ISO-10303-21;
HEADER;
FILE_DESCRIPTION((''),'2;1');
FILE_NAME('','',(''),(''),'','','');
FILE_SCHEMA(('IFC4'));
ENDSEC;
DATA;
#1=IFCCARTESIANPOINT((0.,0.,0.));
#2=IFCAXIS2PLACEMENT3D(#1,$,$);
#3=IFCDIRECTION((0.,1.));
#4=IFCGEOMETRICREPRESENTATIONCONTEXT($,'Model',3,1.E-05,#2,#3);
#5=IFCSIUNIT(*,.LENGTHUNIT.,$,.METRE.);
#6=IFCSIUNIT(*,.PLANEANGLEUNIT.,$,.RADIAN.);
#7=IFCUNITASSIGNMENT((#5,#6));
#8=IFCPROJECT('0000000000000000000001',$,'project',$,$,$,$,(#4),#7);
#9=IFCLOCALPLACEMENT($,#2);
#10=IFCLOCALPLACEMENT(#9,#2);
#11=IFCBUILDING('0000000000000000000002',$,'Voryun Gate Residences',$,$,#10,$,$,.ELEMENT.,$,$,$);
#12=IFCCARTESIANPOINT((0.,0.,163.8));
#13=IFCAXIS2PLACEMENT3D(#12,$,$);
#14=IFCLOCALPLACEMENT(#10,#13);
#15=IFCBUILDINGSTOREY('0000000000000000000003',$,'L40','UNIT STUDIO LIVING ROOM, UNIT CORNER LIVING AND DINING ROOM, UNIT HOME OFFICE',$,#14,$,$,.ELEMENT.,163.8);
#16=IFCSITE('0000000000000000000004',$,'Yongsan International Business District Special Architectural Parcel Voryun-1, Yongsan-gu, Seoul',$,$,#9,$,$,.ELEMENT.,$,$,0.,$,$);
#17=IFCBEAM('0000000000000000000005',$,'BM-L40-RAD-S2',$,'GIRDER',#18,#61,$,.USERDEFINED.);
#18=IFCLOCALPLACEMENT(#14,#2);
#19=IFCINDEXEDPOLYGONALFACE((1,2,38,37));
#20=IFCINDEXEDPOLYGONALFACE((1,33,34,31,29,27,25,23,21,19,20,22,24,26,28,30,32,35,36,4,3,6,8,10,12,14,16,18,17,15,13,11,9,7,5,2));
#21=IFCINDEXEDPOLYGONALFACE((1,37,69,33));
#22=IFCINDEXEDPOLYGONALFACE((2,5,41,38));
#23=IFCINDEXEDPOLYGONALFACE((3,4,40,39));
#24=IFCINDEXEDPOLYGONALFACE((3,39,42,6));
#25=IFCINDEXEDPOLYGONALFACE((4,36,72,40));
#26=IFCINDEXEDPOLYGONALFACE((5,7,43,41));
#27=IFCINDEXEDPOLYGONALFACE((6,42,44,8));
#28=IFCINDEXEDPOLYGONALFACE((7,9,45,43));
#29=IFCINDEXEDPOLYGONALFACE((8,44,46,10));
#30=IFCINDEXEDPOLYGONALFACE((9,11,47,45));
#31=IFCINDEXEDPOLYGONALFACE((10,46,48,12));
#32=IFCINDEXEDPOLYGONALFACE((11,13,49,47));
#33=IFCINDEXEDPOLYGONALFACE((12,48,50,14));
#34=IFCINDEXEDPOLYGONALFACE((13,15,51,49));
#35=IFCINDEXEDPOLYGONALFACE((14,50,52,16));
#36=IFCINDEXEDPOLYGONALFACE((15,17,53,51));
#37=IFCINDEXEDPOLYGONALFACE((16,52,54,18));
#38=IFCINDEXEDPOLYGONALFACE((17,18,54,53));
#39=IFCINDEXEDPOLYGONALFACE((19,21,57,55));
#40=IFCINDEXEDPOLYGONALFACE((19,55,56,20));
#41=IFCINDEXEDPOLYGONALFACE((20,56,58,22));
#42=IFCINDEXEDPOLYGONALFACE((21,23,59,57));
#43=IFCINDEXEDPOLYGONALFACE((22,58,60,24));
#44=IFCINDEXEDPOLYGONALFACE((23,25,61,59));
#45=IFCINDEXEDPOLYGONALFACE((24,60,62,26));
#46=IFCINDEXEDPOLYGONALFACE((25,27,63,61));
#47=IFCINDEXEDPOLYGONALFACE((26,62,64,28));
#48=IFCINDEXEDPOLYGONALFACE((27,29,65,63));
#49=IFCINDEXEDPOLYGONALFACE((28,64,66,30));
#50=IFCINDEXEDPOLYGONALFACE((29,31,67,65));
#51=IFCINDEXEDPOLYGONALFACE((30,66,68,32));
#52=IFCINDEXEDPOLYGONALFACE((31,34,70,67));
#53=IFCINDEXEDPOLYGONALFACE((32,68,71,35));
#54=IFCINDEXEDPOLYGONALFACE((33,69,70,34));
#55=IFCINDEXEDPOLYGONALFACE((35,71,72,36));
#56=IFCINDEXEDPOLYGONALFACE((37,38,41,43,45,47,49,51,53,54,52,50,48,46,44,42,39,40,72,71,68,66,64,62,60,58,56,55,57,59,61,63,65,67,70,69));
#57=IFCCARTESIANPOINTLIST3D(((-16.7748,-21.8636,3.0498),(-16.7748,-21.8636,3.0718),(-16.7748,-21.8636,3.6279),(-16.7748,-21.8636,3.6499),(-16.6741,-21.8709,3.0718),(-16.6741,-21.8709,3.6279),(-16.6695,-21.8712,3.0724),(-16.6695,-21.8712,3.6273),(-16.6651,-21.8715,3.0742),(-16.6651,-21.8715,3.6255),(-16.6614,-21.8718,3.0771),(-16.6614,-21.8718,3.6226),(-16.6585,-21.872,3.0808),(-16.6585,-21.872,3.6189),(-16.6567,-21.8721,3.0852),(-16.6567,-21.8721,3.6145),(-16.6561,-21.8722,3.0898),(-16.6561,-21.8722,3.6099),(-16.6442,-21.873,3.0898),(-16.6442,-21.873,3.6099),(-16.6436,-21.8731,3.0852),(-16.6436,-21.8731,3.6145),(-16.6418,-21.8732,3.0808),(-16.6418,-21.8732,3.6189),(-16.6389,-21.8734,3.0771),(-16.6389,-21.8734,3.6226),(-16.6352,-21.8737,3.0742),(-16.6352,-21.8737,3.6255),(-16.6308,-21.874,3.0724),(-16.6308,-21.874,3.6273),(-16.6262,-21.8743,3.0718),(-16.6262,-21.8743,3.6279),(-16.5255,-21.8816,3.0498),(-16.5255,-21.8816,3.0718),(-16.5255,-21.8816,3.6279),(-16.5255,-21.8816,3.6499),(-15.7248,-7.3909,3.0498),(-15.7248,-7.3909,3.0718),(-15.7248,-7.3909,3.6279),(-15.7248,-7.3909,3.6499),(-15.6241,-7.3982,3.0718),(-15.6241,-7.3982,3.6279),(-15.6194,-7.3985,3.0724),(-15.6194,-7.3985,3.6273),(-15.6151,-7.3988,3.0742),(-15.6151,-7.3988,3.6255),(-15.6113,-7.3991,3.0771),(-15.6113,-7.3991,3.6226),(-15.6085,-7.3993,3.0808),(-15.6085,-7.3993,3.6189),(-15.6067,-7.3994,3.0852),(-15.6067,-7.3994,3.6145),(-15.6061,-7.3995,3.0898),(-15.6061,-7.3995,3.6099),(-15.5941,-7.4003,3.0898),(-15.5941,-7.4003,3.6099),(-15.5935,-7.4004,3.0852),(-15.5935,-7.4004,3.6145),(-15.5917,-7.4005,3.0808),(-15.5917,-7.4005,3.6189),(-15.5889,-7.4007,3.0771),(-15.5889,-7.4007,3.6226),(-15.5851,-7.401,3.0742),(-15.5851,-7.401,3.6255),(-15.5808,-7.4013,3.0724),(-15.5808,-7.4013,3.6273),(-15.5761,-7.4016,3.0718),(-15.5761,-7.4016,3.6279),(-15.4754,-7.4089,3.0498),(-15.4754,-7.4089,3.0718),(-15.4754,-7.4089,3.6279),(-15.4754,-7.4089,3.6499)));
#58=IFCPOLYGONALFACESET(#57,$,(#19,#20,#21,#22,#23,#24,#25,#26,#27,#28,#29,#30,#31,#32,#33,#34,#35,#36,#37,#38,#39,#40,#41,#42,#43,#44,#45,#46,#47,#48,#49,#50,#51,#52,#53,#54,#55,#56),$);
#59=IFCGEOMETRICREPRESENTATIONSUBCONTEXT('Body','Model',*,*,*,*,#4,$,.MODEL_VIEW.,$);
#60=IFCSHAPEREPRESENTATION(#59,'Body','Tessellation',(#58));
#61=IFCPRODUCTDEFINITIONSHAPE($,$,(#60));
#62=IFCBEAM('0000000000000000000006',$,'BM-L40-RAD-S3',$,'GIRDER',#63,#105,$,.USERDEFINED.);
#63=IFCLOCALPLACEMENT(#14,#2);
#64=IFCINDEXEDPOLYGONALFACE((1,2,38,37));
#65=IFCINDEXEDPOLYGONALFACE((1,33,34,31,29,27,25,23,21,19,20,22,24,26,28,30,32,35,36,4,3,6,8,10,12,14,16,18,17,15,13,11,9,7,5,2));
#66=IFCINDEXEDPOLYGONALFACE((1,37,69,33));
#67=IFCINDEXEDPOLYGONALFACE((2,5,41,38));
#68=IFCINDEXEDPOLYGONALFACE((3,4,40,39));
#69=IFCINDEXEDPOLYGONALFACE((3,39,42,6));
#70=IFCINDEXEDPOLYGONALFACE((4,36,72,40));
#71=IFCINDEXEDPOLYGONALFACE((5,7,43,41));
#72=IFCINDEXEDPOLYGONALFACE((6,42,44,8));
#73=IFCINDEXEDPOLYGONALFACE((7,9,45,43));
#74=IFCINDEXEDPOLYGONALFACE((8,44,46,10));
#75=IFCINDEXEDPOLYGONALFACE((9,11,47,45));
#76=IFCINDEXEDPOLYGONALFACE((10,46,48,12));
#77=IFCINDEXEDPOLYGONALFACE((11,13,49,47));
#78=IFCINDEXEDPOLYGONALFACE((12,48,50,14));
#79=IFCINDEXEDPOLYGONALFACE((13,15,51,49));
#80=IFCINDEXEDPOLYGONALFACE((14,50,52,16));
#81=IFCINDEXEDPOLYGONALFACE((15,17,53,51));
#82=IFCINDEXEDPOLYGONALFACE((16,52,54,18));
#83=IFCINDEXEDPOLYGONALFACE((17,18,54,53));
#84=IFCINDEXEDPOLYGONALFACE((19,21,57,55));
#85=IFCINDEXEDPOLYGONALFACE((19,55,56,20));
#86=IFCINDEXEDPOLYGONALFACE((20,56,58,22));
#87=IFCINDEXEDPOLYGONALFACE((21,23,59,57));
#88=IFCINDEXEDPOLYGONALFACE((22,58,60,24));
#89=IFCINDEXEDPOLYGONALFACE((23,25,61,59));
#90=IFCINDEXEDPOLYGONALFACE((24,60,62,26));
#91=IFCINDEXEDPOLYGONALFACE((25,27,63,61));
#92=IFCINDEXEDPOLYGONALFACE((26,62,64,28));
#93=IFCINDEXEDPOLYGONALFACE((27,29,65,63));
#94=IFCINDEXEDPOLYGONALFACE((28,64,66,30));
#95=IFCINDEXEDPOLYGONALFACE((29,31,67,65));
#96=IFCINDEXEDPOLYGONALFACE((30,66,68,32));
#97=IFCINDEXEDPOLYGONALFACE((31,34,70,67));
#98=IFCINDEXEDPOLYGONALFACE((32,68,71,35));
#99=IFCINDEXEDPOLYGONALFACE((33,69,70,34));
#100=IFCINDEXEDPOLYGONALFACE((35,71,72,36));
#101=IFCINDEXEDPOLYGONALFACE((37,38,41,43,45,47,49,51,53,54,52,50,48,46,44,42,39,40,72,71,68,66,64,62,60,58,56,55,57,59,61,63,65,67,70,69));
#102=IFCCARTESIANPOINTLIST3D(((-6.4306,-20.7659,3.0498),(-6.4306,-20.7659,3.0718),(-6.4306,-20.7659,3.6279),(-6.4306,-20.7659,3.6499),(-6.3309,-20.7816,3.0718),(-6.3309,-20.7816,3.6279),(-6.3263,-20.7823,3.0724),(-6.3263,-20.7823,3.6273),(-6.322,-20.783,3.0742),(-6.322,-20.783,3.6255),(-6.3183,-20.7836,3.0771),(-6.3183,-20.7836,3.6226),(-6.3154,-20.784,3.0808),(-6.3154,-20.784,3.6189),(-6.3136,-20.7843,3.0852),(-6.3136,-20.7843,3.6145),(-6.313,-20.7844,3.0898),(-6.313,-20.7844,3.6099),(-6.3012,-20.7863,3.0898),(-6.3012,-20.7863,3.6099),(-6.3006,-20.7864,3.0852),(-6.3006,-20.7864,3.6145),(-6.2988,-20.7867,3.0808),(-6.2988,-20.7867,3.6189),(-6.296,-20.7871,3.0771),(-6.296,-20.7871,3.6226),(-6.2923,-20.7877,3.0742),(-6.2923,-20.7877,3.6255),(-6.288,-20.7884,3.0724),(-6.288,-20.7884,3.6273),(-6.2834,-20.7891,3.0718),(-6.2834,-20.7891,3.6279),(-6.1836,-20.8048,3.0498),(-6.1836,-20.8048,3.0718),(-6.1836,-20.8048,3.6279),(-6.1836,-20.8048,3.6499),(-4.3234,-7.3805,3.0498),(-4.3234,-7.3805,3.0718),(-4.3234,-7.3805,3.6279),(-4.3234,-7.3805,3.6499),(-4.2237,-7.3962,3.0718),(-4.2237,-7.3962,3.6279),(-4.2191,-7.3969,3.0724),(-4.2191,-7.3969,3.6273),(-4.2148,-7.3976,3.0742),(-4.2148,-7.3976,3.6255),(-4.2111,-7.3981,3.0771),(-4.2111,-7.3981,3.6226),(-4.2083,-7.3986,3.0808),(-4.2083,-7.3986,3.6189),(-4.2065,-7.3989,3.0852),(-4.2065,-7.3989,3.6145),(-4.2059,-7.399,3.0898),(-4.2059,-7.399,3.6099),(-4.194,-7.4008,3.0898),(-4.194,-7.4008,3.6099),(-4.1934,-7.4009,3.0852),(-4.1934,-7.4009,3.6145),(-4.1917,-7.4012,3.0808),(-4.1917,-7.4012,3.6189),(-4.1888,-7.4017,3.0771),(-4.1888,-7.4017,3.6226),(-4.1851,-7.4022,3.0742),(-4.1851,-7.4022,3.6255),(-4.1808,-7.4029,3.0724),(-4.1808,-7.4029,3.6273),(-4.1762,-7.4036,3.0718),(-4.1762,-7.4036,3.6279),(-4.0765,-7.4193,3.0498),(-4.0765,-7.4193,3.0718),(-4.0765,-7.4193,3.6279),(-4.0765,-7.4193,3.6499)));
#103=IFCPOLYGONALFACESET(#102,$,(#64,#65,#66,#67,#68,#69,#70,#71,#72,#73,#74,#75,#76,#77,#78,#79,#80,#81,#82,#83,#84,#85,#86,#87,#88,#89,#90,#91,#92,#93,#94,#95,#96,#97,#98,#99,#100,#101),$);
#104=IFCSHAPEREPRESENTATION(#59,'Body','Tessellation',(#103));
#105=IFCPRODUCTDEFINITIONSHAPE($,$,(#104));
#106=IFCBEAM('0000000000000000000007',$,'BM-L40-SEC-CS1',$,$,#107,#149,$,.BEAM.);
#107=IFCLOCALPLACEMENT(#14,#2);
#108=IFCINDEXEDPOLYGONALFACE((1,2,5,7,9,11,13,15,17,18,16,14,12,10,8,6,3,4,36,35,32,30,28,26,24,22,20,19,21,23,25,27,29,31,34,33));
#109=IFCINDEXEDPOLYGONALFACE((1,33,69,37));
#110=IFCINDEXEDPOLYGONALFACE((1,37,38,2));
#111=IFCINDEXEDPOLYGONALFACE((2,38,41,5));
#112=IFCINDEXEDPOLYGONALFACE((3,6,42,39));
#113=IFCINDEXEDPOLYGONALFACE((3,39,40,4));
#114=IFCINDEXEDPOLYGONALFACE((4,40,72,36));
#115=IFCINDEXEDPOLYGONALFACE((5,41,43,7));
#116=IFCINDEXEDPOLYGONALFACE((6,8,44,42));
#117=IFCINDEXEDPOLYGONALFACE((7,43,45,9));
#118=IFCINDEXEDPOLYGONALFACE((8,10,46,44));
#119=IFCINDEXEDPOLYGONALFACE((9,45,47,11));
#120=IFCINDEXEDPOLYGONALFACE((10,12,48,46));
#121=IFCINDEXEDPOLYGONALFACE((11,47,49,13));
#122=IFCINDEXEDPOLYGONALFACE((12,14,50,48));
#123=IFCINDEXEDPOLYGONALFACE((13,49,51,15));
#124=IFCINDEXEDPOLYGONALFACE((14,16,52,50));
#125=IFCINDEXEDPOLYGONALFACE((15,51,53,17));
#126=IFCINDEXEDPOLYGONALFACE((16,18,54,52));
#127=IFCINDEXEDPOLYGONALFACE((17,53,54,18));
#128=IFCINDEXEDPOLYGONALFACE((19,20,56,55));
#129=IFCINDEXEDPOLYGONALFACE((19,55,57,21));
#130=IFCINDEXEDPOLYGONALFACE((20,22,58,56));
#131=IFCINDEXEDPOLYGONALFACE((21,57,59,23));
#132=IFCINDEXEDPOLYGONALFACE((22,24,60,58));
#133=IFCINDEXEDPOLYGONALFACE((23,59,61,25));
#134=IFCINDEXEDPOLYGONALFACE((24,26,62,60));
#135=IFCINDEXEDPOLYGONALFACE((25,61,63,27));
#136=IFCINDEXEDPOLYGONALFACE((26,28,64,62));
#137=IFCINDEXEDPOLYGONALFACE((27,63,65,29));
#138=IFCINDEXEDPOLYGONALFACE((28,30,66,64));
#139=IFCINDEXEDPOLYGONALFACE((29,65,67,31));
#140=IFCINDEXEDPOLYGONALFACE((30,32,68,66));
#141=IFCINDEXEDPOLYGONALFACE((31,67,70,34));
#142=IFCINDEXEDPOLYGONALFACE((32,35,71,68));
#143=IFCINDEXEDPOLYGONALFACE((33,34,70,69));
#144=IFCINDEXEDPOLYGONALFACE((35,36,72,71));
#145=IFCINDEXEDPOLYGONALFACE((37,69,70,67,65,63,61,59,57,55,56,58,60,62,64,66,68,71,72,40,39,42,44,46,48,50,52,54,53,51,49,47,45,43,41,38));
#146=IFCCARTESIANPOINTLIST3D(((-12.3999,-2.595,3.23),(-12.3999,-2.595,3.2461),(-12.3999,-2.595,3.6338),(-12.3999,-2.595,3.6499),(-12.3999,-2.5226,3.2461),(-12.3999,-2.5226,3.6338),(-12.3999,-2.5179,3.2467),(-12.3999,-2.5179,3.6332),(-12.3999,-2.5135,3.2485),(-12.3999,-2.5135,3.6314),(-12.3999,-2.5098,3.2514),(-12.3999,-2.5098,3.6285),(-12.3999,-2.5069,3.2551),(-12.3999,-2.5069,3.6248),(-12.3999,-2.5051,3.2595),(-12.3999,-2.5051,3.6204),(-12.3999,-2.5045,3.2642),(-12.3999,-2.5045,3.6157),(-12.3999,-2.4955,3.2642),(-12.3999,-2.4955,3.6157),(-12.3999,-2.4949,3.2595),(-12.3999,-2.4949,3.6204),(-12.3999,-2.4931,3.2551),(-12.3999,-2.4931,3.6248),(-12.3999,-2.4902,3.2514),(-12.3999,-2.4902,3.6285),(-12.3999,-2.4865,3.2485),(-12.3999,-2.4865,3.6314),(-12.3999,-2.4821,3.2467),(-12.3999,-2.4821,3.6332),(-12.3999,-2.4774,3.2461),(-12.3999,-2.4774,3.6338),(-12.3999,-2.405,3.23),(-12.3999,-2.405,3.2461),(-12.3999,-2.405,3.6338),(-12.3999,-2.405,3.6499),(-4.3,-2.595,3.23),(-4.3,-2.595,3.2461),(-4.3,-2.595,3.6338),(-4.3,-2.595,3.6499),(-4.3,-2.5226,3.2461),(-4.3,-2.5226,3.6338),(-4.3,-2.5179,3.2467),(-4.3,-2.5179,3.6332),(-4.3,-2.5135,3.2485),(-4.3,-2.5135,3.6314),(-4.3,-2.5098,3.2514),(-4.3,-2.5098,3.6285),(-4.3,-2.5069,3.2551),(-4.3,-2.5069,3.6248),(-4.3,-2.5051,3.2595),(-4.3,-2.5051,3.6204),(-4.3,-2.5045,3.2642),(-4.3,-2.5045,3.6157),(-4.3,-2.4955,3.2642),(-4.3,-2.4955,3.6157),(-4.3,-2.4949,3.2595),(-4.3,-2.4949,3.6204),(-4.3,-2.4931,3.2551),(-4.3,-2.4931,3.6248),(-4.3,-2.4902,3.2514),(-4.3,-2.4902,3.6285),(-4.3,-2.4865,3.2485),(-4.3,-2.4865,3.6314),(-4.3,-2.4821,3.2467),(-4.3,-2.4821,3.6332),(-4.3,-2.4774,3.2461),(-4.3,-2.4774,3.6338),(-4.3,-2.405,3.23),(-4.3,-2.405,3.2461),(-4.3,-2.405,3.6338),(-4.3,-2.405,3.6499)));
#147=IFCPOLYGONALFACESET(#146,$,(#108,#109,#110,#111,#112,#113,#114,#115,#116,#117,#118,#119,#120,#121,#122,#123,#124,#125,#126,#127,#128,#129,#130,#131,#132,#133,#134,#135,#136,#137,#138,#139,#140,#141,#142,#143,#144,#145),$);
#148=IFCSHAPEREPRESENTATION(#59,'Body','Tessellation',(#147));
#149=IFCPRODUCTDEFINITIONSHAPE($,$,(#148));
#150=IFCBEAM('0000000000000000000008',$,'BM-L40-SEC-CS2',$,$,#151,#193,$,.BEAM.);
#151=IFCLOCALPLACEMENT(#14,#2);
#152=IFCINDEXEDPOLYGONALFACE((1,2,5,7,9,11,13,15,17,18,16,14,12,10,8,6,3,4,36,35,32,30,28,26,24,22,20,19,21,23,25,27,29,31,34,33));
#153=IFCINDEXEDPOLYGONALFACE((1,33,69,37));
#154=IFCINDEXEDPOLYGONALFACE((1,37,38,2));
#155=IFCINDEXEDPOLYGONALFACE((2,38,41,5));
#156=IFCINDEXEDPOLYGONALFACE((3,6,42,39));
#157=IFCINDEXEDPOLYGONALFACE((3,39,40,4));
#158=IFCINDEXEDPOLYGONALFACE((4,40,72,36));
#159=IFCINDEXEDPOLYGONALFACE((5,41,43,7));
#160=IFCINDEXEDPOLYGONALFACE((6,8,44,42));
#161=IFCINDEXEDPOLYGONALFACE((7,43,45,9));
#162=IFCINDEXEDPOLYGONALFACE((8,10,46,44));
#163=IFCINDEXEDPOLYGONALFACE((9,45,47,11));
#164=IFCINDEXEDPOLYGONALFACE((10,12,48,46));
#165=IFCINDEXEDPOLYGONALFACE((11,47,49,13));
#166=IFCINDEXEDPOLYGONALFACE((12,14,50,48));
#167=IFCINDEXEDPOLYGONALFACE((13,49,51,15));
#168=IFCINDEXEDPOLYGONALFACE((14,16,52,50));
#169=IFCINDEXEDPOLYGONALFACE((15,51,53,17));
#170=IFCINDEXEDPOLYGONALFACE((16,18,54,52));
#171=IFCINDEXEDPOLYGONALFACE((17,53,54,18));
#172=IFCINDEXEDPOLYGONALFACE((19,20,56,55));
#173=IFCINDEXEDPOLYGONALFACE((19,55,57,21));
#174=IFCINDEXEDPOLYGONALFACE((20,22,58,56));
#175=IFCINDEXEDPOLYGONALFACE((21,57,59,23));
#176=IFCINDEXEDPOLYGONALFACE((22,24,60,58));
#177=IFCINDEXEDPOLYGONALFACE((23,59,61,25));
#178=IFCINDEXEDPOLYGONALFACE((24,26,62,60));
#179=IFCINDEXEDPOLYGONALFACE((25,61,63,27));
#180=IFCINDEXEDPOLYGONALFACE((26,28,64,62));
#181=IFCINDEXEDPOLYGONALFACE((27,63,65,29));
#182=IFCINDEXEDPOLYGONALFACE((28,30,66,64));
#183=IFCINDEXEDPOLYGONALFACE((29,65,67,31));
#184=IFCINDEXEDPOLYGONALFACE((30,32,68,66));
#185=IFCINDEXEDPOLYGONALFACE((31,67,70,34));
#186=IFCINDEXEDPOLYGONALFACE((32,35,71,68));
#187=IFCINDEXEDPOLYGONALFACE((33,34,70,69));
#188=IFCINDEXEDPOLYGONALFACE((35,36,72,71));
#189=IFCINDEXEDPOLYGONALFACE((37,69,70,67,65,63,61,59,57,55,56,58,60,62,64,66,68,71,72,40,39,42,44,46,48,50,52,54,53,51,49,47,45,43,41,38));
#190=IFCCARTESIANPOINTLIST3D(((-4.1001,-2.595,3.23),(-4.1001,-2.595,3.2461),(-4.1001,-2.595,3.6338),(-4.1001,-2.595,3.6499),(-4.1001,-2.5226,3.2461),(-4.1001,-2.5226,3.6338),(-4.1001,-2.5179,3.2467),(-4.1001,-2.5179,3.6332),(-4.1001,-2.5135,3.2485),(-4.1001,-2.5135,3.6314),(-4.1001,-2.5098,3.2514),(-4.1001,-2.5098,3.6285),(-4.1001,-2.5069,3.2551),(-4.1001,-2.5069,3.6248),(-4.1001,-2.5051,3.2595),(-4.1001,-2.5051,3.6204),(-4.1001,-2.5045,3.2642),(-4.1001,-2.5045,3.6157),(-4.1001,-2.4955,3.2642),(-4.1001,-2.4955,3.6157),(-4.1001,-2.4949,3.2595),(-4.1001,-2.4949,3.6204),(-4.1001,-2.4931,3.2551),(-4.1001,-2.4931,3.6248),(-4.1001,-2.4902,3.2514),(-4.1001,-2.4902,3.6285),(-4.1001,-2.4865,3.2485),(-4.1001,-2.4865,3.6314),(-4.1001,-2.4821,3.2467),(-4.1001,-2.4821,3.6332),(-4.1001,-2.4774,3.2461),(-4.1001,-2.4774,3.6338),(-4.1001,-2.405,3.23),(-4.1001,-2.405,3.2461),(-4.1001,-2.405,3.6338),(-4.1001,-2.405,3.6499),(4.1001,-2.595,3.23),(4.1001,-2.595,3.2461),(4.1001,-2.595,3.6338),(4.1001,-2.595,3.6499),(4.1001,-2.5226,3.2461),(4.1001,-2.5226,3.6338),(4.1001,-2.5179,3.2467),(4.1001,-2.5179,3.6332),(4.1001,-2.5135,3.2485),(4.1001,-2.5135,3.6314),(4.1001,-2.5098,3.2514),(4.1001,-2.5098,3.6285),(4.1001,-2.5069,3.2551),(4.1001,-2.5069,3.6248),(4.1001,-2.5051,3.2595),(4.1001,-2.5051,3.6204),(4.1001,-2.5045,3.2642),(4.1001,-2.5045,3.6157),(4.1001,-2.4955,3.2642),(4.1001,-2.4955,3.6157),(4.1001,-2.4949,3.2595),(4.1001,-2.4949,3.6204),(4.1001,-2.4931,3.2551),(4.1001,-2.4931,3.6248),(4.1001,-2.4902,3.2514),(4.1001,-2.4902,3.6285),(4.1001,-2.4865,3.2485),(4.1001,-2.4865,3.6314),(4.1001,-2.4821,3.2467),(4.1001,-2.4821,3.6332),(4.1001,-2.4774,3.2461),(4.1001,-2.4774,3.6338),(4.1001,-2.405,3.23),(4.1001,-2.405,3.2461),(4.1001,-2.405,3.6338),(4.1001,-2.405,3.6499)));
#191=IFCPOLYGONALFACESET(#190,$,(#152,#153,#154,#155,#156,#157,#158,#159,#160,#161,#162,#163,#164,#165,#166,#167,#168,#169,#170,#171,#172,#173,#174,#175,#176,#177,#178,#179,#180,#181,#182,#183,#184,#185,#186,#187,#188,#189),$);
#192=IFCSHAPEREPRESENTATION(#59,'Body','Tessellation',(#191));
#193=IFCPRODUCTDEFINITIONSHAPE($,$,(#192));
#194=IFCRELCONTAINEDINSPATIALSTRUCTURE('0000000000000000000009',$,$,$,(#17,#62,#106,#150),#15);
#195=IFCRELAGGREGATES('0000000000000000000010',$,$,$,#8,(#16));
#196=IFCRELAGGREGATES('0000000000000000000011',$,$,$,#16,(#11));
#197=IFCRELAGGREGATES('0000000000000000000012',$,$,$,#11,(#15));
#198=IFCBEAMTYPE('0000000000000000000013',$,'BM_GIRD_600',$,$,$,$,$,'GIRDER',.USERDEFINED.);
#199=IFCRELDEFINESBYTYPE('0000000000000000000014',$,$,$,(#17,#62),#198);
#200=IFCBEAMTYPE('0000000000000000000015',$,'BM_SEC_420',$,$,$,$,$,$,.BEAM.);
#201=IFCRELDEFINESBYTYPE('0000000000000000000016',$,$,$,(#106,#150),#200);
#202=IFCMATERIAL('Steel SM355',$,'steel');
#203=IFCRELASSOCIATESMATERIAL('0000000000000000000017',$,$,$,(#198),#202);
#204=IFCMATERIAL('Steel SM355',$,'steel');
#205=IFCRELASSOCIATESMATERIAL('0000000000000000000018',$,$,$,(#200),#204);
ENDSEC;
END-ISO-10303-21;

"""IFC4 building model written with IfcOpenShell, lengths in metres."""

from ifc_helpers import new_model, si_unit, direction, frame, origin, origin_2d, place, context, subcontext, project, spatial, i_section, extrude, material, material_profile, profile_set, type_object, element, save


model = new_model("IFC4")

# Units and contexts
model_context = context("Model", 3, precision=1e-05, world=origin(), true_north=direction((0.0, 1.0)))
body_context = subcontext(model_context, "Body", "Model", "MODEL_VIEW")
ifc_project = project(units=[si_unit("LENGTHUNIT", "METRE"), si_unit("PLANEANGLEUNIT", "RADIAN")], contexts=[model_context])

# Site, building, storey
site_placement = place(None, origin())
site = spatial("IfcSite", under=ifc_project, at=site_placement, Name="Yongsan International Business District Special Architectural Parcel Voryun-1, Yongsan-gu, Seoul", CompositionType="ELEMENT", RefElevation=0.0)
building_placement = place(site_placement, origin())
building = spatial("IfcBuilding", under=site, at=building_placement, Name="Voryun Gate Residences", CompositionType="ELEMENT")
storey_placement = place(building_placement, frame((0.0, 0.0, 163.8)))
storey = spatial("IfcBuildingStorey", under=building, at=storey_placement, Name="L40", Description="UNIT STUDIO LIVING ROOM, UNIT CORNER LIVING AND DINING ROOM, UNIT HOME OFFICE", CompositionType="ELEMENT", Elevation=163.8)

# Beams
ifc_material_1 = material(Name="Steel SM355", Category="steel")
ifc_material_profile_1 = material_profile(ifc_material_1, i_section(OverallWidth=0.25, OverallDepth=0.6001, WebThickness=0.012, FlangeThickness=0.022, FilletRadius=0.0181, at=origin_2d()), Name="H-600x250x12x22")
ifc_profile_set_1 = profile_set([ifc_material_profile_1], Name="Steel SM355")
beam_type_1 = type_object("IfcBeamType", Name="BM_GIRD_600", ElementType="GIRDER", PredefinedType="USERDEFINED", material=ifc_profile_set_1)
beam_1_placement = place(storey_placement, frame((-15.6001, -7.3999, 3.3499), z_axis=(-0.072364, -0.997378, 0.0), x_axis=(0.997378, -0.072364, 0.0)))
element("IfcBeam", 1, at=beam_1_placement, inside=storey, type_object=beam_type_1, Name="BM-L40-RAD-S2", ObjectType="GIRDER", PredefinedType="USERDEFINED", context=body_context, shape_type="SweptSolid", body=[
    extrude(i_section(OverallWidth=0.25, OverallDepth=0.6001, WebThickness=0.012, FlangeThickness=0.022, FilletRadius=0.0181, at=origin_2d()), origin(), (0.0, 0.0, 1.0), 14.5107),
])
beam_2_placement = place(storey_placement, frame((-4.2, -7.3999, 3.3499), z_axis=(-0.155507, -0.987835, 0.0), x_axis=(0.987835, -0.155507, 0.0)))
element("IfcBeam", 2, at=beam_2_placement, inside=storey, type_object=beam_type_1, Name="BM-L40-RAD-S3", ObjectType="GIRDER", PredefinedType="USERDEFINED", context=body_context, shape_type="SweptSolid", body=[
    extrude(i_section(OverallWidth=0.25, OverallDepth=0.6001, WebThickness=0.012, FlangeThickness=0.022, FilletRadius=0.0181, at=origin_2d()), origin(), (0.0, 0.0, 1.0), 13.5503),
])
ifc_material_2 = material(Name="Steel SM355", Category="steel")
ifc_material_profile_2 = material_profile(ifc_material_2, i_section(OverallWidth=0.1899, OverallDepth=0.4199, WebThickness=0.009, FlangeThickness=0.0161, FilletRadius=0.0181, at=origin_2d()), Name="H-420x190x9x16")
ifc_profile_set_2 = profile_set([ifc_material_profile_2], Name="Steel SM355")
beam_type_2 = type_object("IfcBeamType", Name="BM_SEC_420", PredefinedType="BEAM", material=ifc_profile_set_2)
beam_3_placement = place(storey_placement, frame((-12.3999, -2.5, 3.4399), z_axis=(1.0, 0.0, 0.0), x_axis=(0.0, 1.0, 0.0)))
element("IfcBeam", 3, at=beam_3_placement, inside=storey, type_object=beam_type_2, Name="BM-L40-SEC-CS1", PredefinedType="BEAM", context=body_context, shape_type="SweptSolid", body=[
    extrude(i_section(OverallWidth=0.1899, OverallDepth=0.4199, WebThickness=0.009, FlangeThickness=0.0161, FilletRadius=0.0181, at=origin_2d()), origin(), (0.0, 0.0, 1.0), 8.0999),
])
beam_4_placement = place(storey_placement, frame((-4.1001, -2.5, 3.4399), z_axis=(1.0, 0.0, 0.0), x_axis=(0.0, 1.0, 0.0)))
element("IfcBeam", 4, at=beam_4_placement, inside=storey, type_object=beam_type_2, Name="BM-L40-SEC-CS2", PredefinedType="BEAM", context=body_context, shape_type="SweptSolid", body=[
    extrude(i_section(OverallWidth=0.1899, OverallDepth=0.4199, WebThickness=0.009, FlangeThickness=0.0161, FilletRadius=0.0181, at=origin_2d()), origin(), (0.0, 0.0, 1.0), 8.2002),
])

save(model, "model.ifc")
